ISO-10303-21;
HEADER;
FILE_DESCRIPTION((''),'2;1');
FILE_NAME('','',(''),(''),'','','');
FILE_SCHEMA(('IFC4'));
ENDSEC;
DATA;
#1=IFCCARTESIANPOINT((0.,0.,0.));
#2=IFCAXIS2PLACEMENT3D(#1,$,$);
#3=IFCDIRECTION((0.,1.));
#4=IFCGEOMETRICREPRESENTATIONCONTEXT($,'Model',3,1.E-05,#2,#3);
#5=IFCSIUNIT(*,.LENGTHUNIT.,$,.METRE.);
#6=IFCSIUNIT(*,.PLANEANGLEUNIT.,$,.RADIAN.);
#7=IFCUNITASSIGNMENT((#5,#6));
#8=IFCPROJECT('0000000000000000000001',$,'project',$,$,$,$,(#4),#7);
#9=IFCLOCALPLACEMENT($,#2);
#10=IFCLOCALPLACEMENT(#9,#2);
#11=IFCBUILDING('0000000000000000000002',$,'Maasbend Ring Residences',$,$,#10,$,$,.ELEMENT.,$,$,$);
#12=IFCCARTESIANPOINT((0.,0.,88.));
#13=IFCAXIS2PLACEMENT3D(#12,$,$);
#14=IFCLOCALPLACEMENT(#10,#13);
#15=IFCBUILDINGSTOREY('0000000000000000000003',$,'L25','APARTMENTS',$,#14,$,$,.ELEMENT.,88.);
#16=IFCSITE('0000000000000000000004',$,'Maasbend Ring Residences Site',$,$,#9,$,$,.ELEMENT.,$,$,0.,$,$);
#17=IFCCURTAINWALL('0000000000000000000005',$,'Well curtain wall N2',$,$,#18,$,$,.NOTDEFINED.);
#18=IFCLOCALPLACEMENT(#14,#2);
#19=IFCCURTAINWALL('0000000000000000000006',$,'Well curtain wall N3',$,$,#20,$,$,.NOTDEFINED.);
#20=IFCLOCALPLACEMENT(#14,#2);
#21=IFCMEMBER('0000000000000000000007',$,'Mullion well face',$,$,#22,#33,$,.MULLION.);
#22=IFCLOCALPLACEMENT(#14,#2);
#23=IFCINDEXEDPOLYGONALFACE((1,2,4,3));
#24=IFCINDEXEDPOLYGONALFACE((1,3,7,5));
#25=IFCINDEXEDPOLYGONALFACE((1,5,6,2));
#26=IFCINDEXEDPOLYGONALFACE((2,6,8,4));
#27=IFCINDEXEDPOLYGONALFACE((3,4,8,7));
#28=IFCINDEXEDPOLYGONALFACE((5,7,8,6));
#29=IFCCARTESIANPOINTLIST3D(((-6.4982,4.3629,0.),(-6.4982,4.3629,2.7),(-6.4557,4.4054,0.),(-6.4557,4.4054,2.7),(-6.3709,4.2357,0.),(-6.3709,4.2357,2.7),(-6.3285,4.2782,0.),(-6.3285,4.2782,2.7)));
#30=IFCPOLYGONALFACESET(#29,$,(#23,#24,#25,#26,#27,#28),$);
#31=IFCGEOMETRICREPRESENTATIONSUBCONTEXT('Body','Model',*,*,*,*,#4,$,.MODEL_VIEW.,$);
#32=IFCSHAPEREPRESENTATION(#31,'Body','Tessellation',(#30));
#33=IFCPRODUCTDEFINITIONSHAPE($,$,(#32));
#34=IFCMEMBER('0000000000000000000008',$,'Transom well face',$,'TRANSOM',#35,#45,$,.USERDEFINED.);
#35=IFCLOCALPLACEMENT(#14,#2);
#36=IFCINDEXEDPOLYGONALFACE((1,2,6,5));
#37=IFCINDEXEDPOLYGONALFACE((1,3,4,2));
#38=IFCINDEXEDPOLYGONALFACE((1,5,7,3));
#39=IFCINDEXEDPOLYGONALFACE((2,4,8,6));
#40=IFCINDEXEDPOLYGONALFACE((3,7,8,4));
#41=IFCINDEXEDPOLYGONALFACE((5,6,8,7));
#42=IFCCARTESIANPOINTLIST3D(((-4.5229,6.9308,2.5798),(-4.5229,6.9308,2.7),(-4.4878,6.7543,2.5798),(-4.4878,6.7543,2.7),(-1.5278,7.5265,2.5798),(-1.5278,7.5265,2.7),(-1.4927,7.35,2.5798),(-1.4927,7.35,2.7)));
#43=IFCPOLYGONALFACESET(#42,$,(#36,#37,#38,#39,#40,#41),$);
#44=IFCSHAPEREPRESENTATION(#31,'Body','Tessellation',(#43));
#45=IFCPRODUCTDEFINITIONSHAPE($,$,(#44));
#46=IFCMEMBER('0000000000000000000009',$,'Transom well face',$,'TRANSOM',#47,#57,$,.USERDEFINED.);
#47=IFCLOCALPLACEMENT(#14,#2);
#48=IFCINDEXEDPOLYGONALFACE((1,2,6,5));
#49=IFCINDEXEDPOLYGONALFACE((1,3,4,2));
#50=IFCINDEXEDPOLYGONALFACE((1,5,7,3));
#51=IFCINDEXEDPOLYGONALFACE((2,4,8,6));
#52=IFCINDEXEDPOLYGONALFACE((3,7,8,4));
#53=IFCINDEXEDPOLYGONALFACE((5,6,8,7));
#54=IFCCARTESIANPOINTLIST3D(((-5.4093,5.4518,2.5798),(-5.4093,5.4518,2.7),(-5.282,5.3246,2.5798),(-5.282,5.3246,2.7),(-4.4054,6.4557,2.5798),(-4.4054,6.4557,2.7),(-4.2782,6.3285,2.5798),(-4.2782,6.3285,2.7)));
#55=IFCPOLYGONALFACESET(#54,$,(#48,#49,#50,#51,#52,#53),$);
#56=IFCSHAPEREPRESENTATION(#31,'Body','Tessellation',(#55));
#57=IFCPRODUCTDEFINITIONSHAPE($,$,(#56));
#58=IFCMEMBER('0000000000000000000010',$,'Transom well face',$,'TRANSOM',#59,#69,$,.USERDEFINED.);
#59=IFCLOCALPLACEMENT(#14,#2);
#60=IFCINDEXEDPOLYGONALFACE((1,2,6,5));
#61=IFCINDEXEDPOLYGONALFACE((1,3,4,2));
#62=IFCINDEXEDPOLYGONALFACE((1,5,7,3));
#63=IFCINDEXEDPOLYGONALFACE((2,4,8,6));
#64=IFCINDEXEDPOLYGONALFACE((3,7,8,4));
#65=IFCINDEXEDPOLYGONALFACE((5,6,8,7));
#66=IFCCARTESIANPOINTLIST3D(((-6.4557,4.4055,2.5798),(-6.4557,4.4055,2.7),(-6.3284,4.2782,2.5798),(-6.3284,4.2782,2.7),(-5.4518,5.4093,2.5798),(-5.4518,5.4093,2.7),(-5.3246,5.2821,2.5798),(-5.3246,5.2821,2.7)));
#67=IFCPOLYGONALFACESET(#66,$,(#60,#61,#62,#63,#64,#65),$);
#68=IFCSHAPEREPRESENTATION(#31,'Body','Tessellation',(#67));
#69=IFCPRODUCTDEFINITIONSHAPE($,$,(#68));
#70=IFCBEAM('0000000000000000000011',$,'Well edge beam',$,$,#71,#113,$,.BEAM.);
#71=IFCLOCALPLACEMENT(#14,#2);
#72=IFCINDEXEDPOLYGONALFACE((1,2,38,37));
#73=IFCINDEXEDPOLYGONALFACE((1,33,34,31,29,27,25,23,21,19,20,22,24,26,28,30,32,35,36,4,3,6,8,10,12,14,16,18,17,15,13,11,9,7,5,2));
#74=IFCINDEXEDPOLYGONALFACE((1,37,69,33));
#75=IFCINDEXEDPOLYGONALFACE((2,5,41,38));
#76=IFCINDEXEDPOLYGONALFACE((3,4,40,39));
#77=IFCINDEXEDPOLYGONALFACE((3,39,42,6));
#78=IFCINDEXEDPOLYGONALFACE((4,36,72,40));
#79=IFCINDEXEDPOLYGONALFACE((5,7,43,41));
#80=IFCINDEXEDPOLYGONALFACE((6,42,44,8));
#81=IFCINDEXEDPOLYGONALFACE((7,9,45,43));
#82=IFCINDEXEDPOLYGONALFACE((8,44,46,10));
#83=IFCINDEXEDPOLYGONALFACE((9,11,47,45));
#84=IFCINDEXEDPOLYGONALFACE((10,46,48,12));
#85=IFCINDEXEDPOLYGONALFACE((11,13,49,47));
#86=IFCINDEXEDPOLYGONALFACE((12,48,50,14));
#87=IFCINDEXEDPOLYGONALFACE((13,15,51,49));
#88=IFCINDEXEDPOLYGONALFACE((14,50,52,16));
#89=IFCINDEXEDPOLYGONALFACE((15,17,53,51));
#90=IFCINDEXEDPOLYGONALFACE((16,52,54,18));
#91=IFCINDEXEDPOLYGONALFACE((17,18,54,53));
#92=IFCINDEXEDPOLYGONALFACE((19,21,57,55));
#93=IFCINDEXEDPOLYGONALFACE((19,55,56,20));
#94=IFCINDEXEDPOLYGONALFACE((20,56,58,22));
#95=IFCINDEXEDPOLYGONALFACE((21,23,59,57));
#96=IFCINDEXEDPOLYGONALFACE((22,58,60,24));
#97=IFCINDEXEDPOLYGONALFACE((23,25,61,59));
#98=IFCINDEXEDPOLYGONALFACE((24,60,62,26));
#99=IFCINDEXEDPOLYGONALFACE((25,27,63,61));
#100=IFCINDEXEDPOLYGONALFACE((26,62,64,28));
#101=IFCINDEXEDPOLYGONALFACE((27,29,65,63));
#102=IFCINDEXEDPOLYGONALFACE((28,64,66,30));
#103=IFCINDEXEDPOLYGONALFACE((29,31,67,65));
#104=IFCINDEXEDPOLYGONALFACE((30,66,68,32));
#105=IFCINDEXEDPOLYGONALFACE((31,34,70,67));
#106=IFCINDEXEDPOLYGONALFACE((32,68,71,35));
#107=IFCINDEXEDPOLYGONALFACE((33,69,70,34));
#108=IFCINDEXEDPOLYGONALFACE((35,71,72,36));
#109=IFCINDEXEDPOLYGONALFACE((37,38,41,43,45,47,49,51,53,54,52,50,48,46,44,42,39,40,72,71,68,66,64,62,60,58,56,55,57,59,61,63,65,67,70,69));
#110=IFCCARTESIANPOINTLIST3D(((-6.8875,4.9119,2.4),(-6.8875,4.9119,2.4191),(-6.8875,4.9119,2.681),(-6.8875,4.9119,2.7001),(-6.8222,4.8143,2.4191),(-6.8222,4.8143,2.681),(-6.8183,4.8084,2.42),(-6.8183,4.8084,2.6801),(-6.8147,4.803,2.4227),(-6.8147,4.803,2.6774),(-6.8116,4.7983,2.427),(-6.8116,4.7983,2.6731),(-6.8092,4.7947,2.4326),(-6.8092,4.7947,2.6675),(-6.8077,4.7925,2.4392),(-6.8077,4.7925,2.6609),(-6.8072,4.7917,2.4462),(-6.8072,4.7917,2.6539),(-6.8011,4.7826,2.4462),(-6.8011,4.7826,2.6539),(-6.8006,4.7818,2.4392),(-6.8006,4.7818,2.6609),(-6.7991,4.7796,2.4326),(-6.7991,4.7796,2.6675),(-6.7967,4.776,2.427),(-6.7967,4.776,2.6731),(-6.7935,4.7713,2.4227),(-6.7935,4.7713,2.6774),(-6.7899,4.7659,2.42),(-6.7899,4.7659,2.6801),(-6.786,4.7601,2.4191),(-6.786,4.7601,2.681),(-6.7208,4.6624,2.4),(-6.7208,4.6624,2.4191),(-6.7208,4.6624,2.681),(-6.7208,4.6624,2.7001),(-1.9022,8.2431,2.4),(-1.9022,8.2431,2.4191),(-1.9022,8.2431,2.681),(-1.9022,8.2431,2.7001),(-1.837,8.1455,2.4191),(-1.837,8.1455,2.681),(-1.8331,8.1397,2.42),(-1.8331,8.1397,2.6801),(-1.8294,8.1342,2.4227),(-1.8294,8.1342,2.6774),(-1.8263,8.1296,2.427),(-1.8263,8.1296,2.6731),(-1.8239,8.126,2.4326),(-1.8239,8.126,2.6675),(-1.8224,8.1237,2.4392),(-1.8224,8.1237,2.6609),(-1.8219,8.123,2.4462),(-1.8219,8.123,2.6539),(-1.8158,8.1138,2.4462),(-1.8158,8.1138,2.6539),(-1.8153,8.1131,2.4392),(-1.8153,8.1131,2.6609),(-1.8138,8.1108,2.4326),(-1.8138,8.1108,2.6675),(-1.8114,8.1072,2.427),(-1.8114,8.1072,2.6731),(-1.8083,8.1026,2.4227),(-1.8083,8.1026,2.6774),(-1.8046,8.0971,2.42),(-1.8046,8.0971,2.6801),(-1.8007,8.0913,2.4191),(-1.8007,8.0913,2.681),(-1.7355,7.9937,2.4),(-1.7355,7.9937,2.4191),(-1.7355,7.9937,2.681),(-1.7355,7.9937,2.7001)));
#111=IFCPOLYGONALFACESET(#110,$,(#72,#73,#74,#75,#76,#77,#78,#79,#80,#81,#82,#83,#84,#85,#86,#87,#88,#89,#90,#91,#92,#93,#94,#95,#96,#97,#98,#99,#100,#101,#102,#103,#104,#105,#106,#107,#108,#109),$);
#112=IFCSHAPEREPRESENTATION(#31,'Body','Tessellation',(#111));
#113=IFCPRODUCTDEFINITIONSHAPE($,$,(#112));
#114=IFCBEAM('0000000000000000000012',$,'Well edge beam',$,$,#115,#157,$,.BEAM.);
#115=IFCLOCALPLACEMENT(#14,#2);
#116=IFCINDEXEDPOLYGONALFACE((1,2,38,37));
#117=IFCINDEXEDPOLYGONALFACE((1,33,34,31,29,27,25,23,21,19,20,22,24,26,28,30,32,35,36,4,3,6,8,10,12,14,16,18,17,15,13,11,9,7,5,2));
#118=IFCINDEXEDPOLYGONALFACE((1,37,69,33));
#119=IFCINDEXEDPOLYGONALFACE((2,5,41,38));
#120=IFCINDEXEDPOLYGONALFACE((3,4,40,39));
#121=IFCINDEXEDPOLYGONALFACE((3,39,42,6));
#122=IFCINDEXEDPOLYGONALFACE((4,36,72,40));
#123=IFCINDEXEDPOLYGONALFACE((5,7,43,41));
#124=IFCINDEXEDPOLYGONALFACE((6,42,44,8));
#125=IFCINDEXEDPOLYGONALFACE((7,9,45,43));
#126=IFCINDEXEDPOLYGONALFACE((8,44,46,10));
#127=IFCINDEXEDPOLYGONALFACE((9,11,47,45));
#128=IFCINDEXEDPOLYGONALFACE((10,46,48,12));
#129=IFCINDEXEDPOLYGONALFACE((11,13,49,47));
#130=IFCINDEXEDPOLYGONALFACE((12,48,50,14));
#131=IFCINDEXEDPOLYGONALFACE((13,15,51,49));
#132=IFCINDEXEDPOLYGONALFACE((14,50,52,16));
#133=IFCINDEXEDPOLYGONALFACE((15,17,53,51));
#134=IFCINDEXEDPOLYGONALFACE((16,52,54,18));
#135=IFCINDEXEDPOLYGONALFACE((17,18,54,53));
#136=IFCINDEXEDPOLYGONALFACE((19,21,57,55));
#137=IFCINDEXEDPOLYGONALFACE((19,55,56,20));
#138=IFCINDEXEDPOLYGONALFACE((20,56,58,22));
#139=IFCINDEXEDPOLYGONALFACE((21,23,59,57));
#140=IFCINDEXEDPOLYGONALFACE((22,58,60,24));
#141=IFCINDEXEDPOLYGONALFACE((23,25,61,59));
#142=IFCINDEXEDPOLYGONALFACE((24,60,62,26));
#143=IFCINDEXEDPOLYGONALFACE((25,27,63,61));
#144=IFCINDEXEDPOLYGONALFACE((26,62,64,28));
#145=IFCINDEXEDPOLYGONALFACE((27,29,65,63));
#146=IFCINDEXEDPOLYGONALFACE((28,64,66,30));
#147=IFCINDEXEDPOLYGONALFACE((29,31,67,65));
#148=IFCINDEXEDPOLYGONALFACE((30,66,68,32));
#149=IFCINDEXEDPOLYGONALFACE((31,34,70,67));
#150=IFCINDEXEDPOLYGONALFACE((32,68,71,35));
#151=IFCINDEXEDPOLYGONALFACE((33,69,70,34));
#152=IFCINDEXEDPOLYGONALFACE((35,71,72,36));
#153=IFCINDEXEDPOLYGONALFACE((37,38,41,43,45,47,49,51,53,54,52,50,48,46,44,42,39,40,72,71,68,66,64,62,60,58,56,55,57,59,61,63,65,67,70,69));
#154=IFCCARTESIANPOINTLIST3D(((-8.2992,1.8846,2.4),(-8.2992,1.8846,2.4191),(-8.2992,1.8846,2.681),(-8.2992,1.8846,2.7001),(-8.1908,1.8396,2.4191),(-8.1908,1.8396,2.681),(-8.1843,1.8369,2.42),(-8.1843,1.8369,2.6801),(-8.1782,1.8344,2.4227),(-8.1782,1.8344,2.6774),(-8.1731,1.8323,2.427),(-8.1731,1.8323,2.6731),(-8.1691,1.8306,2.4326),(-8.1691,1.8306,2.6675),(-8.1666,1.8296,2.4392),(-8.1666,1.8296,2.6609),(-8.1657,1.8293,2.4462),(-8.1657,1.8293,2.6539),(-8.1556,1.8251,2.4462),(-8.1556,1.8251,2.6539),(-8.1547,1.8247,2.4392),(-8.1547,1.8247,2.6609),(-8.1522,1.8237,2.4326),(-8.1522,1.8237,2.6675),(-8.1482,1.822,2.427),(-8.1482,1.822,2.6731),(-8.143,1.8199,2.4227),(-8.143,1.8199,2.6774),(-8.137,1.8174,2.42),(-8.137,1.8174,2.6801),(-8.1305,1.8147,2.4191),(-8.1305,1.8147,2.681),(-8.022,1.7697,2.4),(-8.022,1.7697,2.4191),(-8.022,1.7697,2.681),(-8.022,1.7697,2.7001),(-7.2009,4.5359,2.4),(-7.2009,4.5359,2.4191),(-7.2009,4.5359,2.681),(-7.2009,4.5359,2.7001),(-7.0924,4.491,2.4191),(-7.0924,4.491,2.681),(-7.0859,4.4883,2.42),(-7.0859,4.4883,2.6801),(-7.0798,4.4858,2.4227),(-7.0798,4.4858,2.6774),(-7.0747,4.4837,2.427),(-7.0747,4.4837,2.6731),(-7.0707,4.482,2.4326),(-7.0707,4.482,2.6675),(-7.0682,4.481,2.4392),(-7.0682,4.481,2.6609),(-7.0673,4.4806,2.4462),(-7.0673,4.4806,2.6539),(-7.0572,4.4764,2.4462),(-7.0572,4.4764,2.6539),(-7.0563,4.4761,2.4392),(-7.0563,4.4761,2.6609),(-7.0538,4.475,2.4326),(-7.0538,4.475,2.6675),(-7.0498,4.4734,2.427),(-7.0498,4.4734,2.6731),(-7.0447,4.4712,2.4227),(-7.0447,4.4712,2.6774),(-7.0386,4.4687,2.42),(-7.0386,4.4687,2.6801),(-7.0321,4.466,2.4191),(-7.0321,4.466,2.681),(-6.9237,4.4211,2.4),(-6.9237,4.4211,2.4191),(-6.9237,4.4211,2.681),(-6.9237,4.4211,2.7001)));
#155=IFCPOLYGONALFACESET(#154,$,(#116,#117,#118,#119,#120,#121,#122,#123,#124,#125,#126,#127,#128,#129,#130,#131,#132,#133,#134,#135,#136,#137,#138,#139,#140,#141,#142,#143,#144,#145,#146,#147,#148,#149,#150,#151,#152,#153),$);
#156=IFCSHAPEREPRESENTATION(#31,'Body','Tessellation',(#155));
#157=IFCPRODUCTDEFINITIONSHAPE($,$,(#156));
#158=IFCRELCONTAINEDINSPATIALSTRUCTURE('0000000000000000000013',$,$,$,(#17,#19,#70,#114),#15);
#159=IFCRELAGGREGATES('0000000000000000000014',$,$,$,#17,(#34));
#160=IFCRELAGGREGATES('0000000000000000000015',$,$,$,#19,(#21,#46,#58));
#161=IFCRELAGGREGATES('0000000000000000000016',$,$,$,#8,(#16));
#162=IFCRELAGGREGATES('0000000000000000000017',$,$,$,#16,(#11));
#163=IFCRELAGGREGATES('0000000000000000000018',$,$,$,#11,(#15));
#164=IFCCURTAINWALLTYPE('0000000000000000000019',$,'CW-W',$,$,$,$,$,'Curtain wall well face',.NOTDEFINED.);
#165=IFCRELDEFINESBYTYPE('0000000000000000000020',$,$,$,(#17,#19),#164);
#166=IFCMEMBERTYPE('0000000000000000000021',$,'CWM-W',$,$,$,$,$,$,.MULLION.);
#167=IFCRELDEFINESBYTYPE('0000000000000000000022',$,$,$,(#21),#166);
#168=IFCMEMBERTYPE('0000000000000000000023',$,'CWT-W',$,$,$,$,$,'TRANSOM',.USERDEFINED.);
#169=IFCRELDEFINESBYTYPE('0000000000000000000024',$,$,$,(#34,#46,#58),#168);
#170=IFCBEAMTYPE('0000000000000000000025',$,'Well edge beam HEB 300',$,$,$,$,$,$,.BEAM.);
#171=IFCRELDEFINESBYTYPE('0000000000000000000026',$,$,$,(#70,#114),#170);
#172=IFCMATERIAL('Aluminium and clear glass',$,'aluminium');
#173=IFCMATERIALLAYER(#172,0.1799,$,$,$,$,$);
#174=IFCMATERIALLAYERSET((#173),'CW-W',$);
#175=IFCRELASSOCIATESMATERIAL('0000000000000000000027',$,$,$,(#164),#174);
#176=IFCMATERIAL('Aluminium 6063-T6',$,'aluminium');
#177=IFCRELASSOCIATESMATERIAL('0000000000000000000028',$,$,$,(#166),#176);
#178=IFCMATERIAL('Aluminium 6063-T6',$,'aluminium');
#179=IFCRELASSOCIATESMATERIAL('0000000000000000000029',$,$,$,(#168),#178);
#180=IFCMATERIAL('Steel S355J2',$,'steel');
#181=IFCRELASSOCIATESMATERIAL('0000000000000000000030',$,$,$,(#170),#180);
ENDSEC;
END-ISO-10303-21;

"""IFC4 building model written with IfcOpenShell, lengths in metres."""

from ifc_helpers import new_model, si_unit, direction, frame, origin, origin_2d, place, context, subcontext, project, spatial, rectangle, i_section, extrude, material, layer, layer_set, material_profile, profile_set, type_object, element, aggregate, save


model = new_model("IFC4")

# Units and contexts
model_context = context("Model", 3, precision=1e-05, world=origin(), true_north=direction((0.0, 1.0)))
body_context = subcontext(model_context, "Body", "Model", "MODEL_VIEW")
ifc_project = project(units=[si_unit("LENGTHUNIT", "METRE"), si_unit("PLANEANGLEUNIT", "RADIAN")], contexts=[model_context])

# Site, building, storey
site_placement = place(None, origin())
site = spatial("IfcSite", under=ifc_project, at=site_placement, Name="Maasbend Ring Residences Site", CompositionType="ELEMENT", RefElevation=0.0)
building_placement = place(site_placement, origin())
building = spatial("IfcBuilding", under=site, at=building_placement, Name="Maasbend Ring Residences", CompositionType="ELEMENT")
storey_placement = place(building_placement, frame((0.0, 0.0, 88.0)))
storey = spatial("IfcBuildingStorey", under=building, at=storey_placement, Name="L25", Description="APARTMENTS", CompositionType="ELEMENT", Elevation=88.0)

# Curtain walls, member
ifc_material_1 = material(Name="Aluminium and clear glass", Category="aluminium")
ifc_layer_1 = layer(ifc_material_1, 0.1799)
ifc_layer_set_1 = layer_set([ifc_layer_1], Name="CW-W")
curtain_wall_type = type_object("IfcCurtainWallType", Name="CW-W", ElementType="Curtain wall well face", PredefinedType="NOTDEFINED", material=ifc_layer_set_1)
curtain_wall_1_placement = place(storey_placement, origin())
curtain_wall_1 = element("IfcCurtainWall", 1, at=curtain_wall_1_placement, inside=storey, type_object=curtain_wall_type, Name="Well curtain wall N2", PredefinedType="NOTDEFINED")
ifc_material_2 = material(Name="Aluminium 6063-T6", Category="aluminium")
ifc_material_profile_1 = material_profile(ifc_material_2, rectangle(XDim=0.1799, YDim=0.0601, at=origin_2d()), Name="AL 180x60")
ifc_profile_set_1 = profile_set([ifc_material_profile_1], Name="Aluminium 6063-T6")
member_type_1 = type_object("IfcMemberType", Name="CWM-W", PredefinedType="MULLION", material=ifc_profile_set_1)
curtain_wall_2_placement = place(storey_placement, origin())
curtain_wall_2 = element("IfcCurtainWall", 2, at=curtain_wall_2_placement, inside=storey, type_object=curtain_wall_type, Name="Well curtain wall N3", PredefinedType="NOTDEFINED")
member_1_placement = place(storey_placement, frame((-6.4133, 4.3206, 0.0), z_axis=(0.0, 0.0, 1.0), x_axis=(0.707107, -0.707107, 0.0)))
member_1 = element("IfcMember", 3, at=member_1_placement, type_object=member_type_1, Name="Mullion well face", PredefinedType="MULLION", context=body_context, shape_type="SweptSolid", body=[
    extrude(rectangle(XDim=0.1799, YDim=0.0601, at=origin_2d()), origin(), (0.0, 0.0, 1.0), 2.7),
])

# Members
ifc_material_3 = material(Name="Aluminium 6063-T6", Category="aluminium")
ifc_material_profile_2 = material_profile(ifc_material_3, rectangle(XDim=0.1799, YDim=0.1201, at=origin_2d()), Name="AL 180x120")
ifc_profile_set_2 = profile_set([ifc_material_profile_2], Name="Aluminium 6063-T6")
member_type_2 = type_object("IfcMemberType", Name="CWT-W", ElementType="TRANSOM", PredefinedType="USERDEFINED", material=ifc_profile_set_2)
member_2_placement = place(storey_placement, frame((-1.5103, 7.4382, 2.6399), z_axis=(-0.980789, -0.195071, 0.0), x_axis=(0.195071, -0.980789, 0.0)))
member_2 = element("IfcMember", 4, at=member_2_placement, type_object=member_type_2, Name="Transom well face", ObjectType="TRANSOM", PredefinedType="USERDEFINED", context=body_context, shape_type="SweptSolid", body=[
    extrude(rectangle(XDim=0.1799, YDim=0.1201, at=origin_2d()), origin(), (0.0, 0.0, 1.0), 3.0537),
])
member_3_placement = place(storey_placement, frame((-4.3418, 6.3921, 2.6399), z_axis=(-0.707107, -0.707107, 0.0), x_axis=(0.707107, -0.707107, 0.0)))
member_3 = element("IfcMember", 5, at=member_3_placement, type_object=member_type_2, Name="Transom well face", ObjectType="TRANSOM", PredefinedType="USERDEFINED", context=body_context, shape_type="SweptSolid", body=[
    extrude(rectangle(XDim=0.1799, YDim=0.1201, at=origin_2d()), origin(), (0.0, 0.0, 1.0), 1.4197),
])
member_4_placement = place(storey_placement, frame((-5.3882, 5.3457, 2.6399), z_axis=(-0.707107, -0.707107, 0.0), x_axis=(0.707107, -0.707107, 0.0)))
member_4 = element("IfcMember", 6, at=member_4_placement, type_object=member_type_2, Name="Transom well face", ObjectType="TRANSOM", PredefinedType="USERDEFINED", context=body_context, shape_type="SweptSolid", body=[
    extrude(rectangle(XDim=0.1799, YDim=0.1201, at=origin_2d()), origin(), (0.0, 0.0, 1.0), 1.4197),
])

# Beams
ifc_material_4 = material(Name="Steel S355J2", Category="steel")
ifc_material_profile_3 = material_profile(ifc_material_4, i_section(OverallWidth=0.3, OverallDepth=0.3, WebThickness=0.011, FlangeThickness=0.019, FilletRadius=0.0271, at=origin_2d()), Name="HEB 300")
ifc_profile_set_3 = profile_set([ifc_material_profile_3], Name="Steel S355J2")
beam_type = type_object("IfcBeamType", Name="Well edge beam HEB 300", PredefinedType="BEAM", material=ifc_profile_set_3)
beam_1_placement = place(storey_placement, frame((-1.8188, 8.1184, 2.55), z_axis=(-0.831455, -0.555593, 0.0), x_axis=(0.555593, -0.831455, 0.0)))
element("IfcBeam", 7, at=beam_1_placement, inside=storey, type_object=beam_type, Name="Well edge beam", PredefinedType="BEAM", context=body_context, shape_type="SweptSolid", body=[
    extrude(i_section(OverallWidth=0.3, OverallDepth=0.3, WebThickness=0.011, FlangeThickness=0.019, FilletRadius=0.0271, at=origin_2d()), origin(), (0.0, 0.0, 1.0), 5.9958),
])
beam_2_placement = place(storey_placement, frame((-7.0623, 4.4785, 2.55), z_axis=(-0.38273, -0.92386, 0.0), x_axis=(0.92386, -0.38273, 0.0)))
element("IfcBeam", 8, at=beam_2_placement, inside=storey, type_object=beam_type, Name="Well edge beam", PredefinedType="BEAM", context=body_context, shape_type="SweptSolid", body=[
    extrude(i_section(OverallWidth=0.3, OverallDepth=0.3, WebThickness=0.011, FlangeThickness=0.019, FilletRadius=0.0271, at=origin_2d()), origin(), (0.0, 0.0, 1.0), 2.8699),
])

aggregate(curtain_wall_1, [member_2])
aggregate(curtain_wall_2, [member_1, member_3, member_4])

save(model, "model.ifc")
